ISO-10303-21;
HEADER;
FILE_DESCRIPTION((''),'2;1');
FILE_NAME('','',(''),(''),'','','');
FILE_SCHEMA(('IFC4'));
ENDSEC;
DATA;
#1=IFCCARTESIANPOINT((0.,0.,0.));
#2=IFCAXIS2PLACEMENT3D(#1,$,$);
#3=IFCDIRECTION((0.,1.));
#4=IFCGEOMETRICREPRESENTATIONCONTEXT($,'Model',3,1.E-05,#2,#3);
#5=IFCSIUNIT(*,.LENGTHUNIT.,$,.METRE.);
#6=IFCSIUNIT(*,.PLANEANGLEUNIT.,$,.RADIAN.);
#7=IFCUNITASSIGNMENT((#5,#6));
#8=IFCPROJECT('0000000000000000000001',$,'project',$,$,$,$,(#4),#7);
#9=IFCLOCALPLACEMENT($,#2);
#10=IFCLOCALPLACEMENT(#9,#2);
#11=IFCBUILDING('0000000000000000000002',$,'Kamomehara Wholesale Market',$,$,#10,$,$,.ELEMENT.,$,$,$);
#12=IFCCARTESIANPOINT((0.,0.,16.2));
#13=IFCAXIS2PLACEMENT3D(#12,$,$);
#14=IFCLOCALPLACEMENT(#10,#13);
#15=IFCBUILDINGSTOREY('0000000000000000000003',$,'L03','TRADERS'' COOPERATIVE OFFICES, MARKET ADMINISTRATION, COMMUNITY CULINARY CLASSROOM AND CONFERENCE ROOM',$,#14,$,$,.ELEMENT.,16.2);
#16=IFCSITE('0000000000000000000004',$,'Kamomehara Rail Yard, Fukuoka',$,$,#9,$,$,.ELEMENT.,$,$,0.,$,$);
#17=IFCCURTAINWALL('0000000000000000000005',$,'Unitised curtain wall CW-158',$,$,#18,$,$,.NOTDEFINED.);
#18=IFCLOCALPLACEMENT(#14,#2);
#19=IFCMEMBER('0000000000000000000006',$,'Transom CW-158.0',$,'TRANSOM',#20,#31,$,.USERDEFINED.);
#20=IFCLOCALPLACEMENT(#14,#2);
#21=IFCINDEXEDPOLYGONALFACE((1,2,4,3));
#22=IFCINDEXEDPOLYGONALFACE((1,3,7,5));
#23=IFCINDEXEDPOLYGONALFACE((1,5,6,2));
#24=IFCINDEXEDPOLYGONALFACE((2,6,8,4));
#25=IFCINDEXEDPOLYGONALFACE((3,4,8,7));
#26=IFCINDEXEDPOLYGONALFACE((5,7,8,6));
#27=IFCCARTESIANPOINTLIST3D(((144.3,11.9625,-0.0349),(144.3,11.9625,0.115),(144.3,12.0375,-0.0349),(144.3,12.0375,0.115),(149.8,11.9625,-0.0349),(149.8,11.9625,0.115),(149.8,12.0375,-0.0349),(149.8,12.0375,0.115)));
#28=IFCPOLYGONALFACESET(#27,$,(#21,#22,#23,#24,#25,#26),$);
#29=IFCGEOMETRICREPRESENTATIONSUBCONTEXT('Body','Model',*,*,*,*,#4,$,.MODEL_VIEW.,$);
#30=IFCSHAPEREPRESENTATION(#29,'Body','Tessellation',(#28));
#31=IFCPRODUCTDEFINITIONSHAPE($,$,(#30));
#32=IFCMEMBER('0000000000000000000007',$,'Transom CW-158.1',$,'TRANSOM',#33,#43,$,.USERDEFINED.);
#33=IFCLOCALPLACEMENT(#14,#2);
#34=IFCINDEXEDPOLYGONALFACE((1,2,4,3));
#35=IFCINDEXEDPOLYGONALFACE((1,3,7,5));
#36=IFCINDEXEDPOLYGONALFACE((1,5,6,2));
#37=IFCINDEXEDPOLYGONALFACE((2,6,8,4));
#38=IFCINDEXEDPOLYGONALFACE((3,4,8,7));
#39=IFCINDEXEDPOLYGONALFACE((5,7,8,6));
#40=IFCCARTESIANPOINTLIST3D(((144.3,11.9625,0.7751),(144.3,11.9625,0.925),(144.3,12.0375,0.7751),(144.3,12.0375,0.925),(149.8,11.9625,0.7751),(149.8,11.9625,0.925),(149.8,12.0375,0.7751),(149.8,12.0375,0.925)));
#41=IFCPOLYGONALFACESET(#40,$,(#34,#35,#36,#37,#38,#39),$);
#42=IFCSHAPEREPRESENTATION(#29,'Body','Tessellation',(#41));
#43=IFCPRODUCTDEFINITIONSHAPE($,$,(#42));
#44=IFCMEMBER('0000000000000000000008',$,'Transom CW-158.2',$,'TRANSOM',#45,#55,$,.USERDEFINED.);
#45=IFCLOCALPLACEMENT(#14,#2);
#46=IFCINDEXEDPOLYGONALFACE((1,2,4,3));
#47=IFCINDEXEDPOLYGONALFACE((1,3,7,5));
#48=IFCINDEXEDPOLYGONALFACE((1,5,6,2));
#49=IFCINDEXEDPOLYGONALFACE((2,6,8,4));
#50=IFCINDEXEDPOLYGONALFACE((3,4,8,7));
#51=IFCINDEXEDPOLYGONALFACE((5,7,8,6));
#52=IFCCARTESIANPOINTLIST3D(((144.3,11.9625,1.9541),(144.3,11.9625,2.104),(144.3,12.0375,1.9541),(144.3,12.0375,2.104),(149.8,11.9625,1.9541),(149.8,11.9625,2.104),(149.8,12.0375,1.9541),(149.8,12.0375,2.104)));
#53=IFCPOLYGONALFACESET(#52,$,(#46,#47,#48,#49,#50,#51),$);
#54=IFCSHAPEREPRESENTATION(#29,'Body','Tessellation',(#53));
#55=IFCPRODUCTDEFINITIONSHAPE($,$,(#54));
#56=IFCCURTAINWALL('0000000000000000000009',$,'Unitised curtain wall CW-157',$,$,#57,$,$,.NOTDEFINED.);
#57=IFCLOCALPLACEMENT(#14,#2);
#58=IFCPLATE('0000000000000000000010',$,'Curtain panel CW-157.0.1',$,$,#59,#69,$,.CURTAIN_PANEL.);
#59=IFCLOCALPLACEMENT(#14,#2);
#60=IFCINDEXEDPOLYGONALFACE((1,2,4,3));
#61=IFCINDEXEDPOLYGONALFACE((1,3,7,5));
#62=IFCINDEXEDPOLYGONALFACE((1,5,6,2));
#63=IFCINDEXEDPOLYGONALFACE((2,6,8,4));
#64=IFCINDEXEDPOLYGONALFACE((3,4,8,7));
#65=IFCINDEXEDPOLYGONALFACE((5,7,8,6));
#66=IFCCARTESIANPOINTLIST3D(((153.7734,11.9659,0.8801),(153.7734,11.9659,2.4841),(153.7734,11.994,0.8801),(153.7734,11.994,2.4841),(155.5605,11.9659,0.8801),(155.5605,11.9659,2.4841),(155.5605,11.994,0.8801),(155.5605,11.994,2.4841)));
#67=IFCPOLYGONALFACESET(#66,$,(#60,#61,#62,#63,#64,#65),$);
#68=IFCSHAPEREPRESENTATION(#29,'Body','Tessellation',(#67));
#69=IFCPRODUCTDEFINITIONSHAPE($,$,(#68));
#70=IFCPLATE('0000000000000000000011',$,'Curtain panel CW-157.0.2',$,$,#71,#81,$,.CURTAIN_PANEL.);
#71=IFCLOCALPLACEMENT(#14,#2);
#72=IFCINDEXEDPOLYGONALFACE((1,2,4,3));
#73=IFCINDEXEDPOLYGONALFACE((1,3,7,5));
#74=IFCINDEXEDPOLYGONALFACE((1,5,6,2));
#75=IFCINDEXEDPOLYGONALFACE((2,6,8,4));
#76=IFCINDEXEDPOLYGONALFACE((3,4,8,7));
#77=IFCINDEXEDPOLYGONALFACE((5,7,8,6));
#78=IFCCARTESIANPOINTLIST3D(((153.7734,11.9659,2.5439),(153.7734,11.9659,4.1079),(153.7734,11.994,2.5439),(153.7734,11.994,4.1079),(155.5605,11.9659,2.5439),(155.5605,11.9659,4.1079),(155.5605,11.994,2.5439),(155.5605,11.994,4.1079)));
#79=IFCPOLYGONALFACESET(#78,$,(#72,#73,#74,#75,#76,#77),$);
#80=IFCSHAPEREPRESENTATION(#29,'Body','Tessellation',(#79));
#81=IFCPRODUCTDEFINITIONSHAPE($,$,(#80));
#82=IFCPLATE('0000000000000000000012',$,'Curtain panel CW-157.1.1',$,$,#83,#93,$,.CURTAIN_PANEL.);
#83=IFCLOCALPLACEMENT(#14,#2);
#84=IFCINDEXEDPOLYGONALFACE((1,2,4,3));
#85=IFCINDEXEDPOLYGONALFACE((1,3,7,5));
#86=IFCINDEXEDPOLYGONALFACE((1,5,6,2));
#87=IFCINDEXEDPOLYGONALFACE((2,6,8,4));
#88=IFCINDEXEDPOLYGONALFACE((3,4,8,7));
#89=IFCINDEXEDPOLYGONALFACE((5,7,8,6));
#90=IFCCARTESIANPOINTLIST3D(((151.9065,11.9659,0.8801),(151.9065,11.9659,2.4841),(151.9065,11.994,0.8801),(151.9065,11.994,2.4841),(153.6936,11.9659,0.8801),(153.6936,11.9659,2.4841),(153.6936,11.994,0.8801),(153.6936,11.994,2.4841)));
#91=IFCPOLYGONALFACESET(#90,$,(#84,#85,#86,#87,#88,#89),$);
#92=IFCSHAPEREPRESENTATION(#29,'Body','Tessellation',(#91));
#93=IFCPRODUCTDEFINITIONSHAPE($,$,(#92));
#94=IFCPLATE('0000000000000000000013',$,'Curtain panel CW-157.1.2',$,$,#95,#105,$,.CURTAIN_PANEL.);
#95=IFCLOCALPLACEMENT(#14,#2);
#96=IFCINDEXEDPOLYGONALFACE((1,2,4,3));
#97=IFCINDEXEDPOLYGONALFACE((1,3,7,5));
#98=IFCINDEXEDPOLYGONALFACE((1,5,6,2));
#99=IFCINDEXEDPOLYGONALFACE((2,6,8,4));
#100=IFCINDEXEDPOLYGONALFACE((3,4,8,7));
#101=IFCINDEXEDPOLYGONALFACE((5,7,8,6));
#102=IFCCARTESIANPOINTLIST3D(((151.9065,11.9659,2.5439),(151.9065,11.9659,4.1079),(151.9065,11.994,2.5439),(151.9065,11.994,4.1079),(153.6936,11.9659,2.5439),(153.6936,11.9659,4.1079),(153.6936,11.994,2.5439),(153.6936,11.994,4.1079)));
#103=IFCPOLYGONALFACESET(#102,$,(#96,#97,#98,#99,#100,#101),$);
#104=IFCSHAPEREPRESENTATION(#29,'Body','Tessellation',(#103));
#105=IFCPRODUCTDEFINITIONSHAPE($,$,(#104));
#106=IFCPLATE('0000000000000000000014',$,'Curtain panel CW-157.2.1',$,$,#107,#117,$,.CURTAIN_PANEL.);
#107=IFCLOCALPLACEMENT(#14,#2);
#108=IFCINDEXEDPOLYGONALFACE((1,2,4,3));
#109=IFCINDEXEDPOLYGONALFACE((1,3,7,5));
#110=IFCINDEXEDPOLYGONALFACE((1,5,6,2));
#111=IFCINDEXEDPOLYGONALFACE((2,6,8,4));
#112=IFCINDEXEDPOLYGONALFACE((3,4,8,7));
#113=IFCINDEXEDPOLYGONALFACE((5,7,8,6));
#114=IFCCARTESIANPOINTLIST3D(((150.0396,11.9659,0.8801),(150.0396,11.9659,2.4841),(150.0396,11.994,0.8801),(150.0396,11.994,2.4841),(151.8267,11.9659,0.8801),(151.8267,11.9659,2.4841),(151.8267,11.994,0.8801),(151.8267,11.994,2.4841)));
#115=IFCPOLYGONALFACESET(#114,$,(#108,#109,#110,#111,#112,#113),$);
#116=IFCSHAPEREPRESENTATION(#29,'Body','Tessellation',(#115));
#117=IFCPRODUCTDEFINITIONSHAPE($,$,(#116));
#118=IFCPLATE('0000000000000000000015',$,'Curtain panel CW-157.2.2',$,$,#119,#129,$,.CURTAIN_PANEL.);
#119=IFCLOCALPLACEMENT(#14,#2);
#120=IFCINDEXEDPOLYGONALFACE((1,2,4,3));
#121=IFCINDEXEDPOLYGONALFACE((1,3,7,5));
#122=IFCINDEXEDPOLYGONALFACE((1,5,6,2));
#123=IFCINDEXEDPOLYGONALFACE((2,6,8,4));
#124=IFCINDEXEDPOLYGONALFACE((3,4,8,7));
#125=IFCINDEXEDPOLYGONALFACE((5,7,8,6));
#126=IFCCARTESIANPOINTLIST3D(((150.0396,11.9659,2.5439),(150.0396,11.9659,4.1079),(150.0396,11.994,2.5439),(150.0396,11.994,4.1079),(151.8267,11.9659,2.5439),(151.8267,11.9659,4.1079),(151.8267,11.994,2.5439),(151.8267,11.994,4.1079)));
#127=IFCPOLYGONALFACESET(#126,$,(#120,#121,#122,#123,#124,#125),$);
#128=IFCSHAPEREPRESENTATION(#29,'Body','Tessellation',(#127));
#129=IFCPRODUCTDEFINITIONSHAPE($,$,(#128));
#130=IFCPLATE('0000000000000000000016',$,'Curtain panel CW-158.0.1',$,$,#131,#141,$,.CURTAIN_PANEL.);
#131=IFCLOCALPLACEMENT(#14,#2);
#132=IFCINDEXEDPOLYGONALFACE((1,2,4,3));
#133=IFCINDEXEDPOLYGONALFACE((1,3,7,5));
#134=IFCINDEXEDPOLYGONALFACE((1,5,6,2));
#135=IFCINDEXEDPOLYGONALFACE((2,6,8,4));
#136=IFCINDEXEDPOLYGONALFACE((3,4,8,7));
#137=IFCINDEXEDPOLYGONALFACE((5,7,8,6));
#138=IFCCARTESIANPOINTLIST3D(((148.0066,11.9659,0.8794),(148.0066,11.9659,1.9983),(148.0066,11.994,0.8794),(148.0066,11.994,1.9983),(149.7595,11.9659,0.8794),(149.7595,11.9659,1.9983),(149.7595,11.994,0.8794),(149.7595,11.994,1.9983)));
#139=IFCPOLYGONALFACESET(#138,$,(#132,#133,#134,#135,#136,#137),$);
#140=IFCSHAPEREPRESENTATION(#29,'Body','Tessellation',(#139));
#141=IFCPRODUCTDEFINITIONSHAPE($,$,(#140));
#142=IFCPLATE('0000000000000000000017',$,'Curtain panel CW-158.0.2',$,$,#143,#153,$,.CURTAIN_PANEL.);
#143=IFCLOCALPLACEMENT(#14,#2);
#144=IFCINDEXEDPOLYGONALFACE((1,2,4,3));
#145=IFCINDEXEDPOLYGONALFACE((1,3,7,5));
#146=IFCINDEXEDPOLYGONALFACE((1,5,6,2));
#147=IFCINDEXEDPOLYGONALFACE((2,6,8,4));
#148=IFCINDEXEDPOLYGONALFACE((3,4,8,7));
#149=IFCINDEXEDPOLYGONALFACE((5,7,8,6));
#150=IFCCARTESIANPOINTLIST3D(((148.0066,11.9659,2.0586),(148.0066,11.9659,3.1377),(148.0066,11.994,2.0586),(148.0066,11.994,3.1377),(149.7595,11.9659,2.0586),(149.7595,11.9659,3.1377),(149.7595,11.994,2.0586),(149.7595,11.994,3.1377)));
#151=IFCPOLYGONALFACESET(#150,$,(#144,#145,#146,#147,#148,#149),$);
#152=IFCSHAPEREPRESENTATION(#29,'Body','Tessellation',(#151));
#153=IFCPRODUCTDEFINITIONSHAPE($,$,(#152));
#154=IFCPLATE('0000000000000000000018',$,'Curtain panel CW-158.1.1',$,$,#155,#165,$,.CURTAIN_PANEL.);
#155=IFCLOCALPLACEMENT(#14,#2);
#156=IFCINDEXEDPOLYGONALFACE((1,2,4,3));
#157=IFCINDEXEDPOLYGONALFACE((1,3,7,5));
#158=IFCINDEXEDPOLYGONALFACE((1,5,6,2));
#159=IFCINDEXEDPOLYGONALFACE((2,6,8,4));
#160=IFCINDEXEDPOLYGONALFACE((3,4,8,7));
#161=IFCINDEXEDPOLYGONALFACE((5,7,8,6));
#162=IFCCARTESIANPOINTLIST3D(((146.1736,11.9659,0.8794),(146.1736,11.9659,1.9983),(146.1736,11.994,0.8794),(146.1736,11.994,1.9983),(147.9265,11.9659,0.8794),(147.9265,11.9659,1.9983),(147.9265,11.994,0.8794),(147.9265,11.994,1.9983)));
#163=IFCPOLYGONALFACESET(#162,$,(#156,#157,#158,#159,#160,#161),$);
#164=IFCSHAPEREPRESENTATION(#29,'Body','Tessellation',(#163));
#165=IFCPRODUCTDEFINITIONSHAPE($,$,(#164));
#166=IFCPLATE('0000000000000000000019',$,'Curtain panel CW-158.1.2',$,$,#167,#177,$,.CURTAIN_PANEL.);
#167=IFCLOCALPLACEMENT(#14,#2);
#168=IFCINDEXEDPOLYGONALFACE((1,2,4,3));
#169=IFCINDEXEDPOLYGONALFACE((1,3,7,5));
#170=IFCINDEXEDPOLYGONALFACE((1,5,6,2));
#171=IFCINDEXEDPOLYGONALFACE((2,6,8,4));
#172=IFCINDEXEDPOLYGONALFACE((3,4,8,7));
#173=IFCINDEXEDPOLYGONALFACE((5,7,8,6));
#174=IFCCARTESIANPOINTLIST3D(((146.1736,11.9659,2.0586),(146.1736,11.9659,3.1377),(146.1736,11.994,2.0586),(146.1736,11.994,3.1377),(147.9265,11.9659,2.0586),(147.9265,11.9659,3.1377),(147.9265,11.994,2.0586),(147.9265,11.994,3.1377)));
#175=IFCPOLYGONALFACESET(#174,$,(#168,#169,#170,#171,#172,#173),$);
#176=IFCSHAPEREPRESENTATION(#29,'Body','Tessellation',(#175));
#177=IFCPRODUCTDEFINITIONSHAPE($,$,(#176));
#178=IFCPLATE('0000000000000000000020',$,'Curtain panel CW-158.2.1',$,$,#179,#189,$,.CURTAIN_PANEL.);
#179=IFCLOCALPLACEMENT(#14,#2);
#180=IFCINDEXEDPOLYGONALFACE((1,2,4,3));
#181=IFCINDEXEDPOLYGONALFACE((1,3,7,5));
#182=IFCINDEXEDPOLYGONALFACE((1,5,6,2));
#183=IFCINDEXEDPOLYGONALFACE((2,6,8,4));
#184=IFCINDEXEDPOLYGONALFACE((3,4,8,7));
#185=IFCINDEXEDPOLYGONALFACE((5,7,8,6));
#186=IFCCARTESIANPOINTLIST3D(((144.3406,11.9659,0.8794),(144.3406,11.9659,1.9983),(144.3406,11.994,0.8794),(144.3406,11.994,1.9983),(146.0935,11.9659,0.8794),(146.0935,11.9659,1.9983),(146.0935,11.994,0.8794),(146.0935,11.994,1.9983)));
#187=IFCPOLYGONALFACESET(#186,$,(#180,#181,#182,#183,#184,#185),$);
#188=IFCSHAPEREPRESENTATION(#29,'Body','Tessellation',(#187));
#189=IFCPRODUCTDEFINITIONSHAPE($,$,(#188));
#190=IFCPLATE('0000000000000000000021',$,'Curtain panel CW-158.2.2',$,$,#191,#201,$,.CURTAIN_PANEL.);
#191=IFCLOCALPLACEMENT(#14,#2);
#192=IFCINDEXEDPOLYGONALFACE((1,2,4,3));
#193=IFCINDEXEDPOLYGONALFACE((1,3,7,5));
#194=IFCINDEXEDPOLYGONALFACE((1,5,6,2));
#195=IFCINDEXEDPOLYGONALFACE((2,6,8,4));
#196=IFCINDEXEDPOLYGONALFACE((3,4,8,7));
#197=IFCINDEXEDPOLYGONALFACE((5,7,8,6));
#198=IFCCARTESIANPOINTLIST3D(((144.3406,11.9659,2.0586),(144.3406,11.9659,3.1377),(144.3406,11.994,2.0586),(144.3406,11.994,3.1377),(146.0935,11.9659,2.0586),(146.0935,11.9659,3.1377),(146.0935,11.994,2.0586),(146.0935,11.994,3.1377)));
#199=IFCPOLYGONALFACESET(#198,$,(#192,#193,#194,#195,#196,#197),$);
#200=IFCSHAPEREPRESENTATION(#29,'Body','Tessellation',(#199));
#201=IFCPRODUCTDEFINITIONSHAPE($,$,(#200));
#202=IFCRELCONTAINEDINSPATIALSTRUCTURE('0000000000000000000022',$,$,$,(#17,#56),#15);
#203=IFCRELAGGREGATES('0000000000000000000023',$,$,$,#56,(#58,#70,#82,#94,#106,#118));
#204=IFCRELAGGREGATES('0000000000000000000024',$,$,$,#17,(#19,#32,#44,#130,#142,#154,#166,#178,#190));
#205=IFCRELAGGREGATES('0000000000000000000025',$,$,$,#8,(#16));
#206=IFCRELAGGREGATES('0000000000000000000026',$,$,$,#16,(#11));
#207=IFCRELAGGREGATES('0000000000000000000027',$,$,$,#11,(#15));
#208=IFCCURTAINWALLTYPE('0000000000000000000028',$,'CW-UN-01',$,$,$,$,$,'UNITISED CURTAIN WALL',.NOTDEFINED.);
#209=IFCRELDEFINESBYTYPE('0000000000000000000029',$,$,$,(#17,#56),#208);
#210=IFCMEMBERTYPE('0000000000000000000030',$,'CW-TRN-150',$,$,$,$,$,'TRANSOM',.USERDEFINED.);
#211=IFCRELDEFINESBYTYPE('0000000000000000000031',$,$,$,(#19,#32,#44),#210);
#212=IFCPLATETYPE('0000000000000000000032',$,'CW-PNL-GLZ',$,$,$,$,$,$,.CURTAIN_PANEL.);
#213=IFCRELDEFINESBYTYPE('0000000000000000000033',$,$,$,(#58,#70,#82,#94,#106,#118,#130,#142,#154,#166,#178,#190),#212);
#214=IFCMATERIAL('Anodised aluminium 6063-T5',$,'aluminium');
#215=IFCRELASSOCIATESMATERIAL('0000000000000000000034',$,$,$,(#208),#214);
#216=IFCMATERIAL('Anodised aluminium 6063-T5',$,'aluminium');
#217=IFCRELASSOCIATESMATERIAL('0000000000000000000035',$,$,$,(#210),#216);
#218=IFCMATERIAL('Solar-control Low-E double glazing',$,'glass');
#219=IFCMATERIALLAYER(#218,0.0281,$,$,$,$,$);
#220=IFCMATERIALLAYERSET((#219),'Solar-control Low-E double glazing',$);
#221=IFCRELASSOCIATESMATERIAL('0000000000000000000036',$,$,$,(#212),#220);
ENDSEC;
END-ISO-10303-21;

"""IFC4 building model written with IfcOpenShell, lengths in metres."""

from ifc_helpers import new_model, si_unit, direction, frame, origin, origin_2d, place, context, subcontext, project, spatial, rectangle, extrude, material, layer, layer_set, material_profile, profile_set, type_object, element, aggregate, save


model = new_model("IFC4")

# Units and contexts
model_context = context("Model", 3, precision=1e-05, world=origin(), true_north=direction((0.0, 1.0)))
body_context = subcontext(model_context, "Body", "Model", "MODEL_VIEW")
ifc_project = project(units=[si_unit("LENGTHUNIT", "METRE"), si_unit("PLANEANGLEUNIT", "RADIAN")], contexts=[model_context])

# Site, building, storey
site_placement = place(None, origin())
site = spatial("IfcSite", under=ifc_project, at=site_placement, Name="Kamomehara Rail Yard, Fukuoka", CompositionType="ELEMENT", RefElevation=0.0)
building_placement = place(site_placement, origin())
building = spatial("IfcBuilding", under=site, at=building_placement, Name="Kamomehara Wholesale Market", CompositionType="ELEMENT")
storey_placement = place(building_placement, frame((0.0, 0.0, 16.2)))
storey = spatial("IfcBuildingStorey", under=building, at=storey_placement, Name="L03", Description="TRADERS' COOPERATIVE OFFICES, MARKET ADMINISTRATION, COMMUNITY CULINARY CLASSROOM AND CONFERENCE ROOM", CompositionType="ELEMENT", Elevation=16.2)

# Shared definitions
ifc_material_1 = material(Name="Anodised aluminium 6063-T5", Category="aluminium")
curtain_wall_type = type_object("IfcCurtainWallType", Name="CW-UN-01", ElementType="UNITISED CURTAIN WALL", PredefinedType="NOTDEFINED", material=ifc_material_1)

# Curtain wall
curtain_wall_1_placement = place(storey_placement, origin())
curtain_wall_1 = element("IfcCurtainWall", 1, at=curtain_wall_1_placement, inside=storey, type_object=curtain_wall_type, Name="Unitised curtain wall CW-158", PredefinedType="NOTDEFINED")

# Members
ifc_material_2 = material(Name="Anodised aluminium 6063-T5", Category="aluminium")
ifc_material_profile_1 = material_profile(ifc_material_2, rectangle(XDim=0.075, YDim=0.1499, at=origin_2d()), Name="ALU-TRN-75x150")
ifc_profile_set_1 = profile_set([ifc_material_profile_1], Name="Anodised aluminium 6063-T5")
member_type_1 = type_object("IfcMemberType", Name="CW-TRN-150", ElementType="TRANSOM", PredefinedType="USERDEFINED", material=ifc_profile_set_1)
member_1_placement = place(storey_placement, frame((149.8, 12.0, 0.04), z_axis=(-1.0, 0.0, 0.0), x_axis=(0.0, -1.0, 0.0)))
member_1 = element("IfcMember", 2, at=member_1_placement, type_object=member_type_1, Name="Transom CW-158.0", ObjectType="TRANSOM", PredefinedType="USERDEFINED", context=body_context, shape_type="SweptSolid", body=[
    extrude(rectangle(XDim=0.075, YDim=0.1499, at=origin_2d()), origin(), (0.0, 0.0, 1.0), 5.5),
])
member_2_placement = place(storey_placement, frame((149.8, 12.0, 0.8501), z_axis=(-1.0, 0.0, 0.0), x_axis=(0.0, -1.0, 0.0)))
member_2 = element("IfcMember", 3, at=member_2_placement, type_object=member_type_1, Name="Transom CW-158.1", ObjectType="TRANSOM", PredefinedType="USERDEFINED", context=body_context, shape_type="SweptSolid", body=[
    extrude(rectangle(XDim=0.075, YDim=0.1499, at=origin_2d()), origin(), (0.0, 0.0, 1.0), 5.5),
])
member_3_placement = place(storey_placement, frame((149.8, 12.0, 2.0291), z_axis=(-1.0, 0.0, 0.0), x_axis=(0.0, -1.0, 0.0)))
member_3 = element("IfcMember", 4, at=member_3_placement, type_object=member_type_1, Name="Transom CW-158.2", ObjectType="TRANSOM", PredefinedType="USERDEFINED", context=body_context, shape_type="SweptSolid", body=[
    extrude(rectangle(XDim=0.075, YDim=0.1499, at=origin_2d()), origin(), (0.0, 0.0, 1.0), 5.5),
])

# Curtain wall, plates
curtain_wall_2_placement = place(storey_placement, origin())
curtain_wall_2 = element("IfcCurtainWall", 5, at=curtain_wall_2_placement, inside=storey, type_object=curtain_wall_type, Name="Unitised curtain wall CW-157", PredefinedType="NOTDEFINED")
ifc_material_3 = material(Name="Solar-control Low-E double glazing", Category="glass")
ifc_layer_1 = layer(ifc_material_3, 0.0281)
ifc_layer_set_1 = layer_set([ifc_layer_1], Name="Solar-control Low-E double glazing")
plate_type_1 = type_object("IfcPlateType", Name="CW-PNL-GLZ", PredefinedType="CURTAIN_PANEL", material=ifc_layer_set_1)
plate_1_placement = place(storey_placement, frame((154.667, 11.98, 0.8801), z_axis=(0.0, 0.0, 1.0), x_axis=(-1.0, 0.0, 0.0)))
plate_1 = element("IfcPlate", 6, at=plate_1_placement, type_object=plate_type_1, Name="Curtain panel CW-157.0.1", PredefinedType="CURTAIN_PANEL", context=body_context, shape_type="SweptSolid", body=[
    extrude(rectangle(XDim=1.7871, YDim=0.0281, at=origin_2d()), origin(), (0.0, 0.0, 1.0), 1.604),
])
plate_2_placement = place(storey_placement, frame((154.667, 11.98, 2.5439), z_axis=(0.0, 0.0, 1.0), x_axis=(-1.0, 0.0, 0.0)))
plate_2 = element("IfcPlate", 7, at=plate_2_placement, type_object=plate_type_1, Name="Curtain panel CW-157.0.2", PredefinedType="CURTAIN_PANEL", context=body_context, shape_type="SweptSolid", body=[
    extrude(rectangle(XDim=1.7871, YDim=0.0281, at=origin_2d()), origin(), (0.0, 0.0, 1.0), 1.564),
])
plate_3_placement = place(storey_placement, frame((152.8, 11.98, 0.8801), z_axis=(0.0, 0.0, 1.0), x_axis=(-1.0, 0.0, 0.0)))
plate_3 = element("IfcPlate", 8, at=plate_3_placement, type_object=plate_type_1, Name="Curtain panel CW-157.1.1", PredefinedType="CURTAIN_PANEL", context=body_context, shape_type="SweptSolid", body=[
    extrude(rectangle(XDim=1.7871, YDim=0.0281, at=origin_2d()), origin(), (0.0, 0.0, 1.0), 1.604),
])
plate_4_placement = place(storey_placement, frame((152.8, 11.98, 2.5439), z_axis=(0.0, 0.0, 1.0), x_axis=(-1.0, 0.0, 0.0)))
plate_4 = element("IfcPlate", 9, at=plate_4_placement, type_object=plate_type_1, Name="Curtain panel CW-157.1.2", PredefinedType="CURTAIN_PANEL", context=body_context, shape_type="SweptSolid", body=[
    extrude(rectangle(XDim=1.7871, YDim=0.0281, at=origin_2d()), origin(), (0.0, 0.0, 1.0), 1.564),
])
plate_5_placement = place(storey_placement, frame((150.9331, 11.98, 0.8801), z_axis=(0.0, 0.0, 1.0), x_axis=(-1.0, 0.0, 0.0)))
plate_5 = element("IfcPlate", 10, at=plate_5_placement, type_object=plate_type_1, Name="Curtain panel CW-157.2.1", PredefinedType="CURTAIN_PANEL", context=body_context, shape_type="SweptSolid", body=[
    extrude(rectangle(XDim=1.7871, YDim=0.0281, at=origin_2d()), origin(), (0.0, 0.0, 1.0), 1.604),
])
plate_6_placement = place(storey_placement, frame((150.9331, 11.98, 2.5439), z_axis=(0.0, 0.0, 1.0), x_axis=(-1.0, 0.0, 0.0)))
plate_6 = element("IfcPlate", 11, at=plate_6_placement, type_object=plate_type_1, Name="Curtain panel CW-157.2.2", PredefinedType="CURTAIN_PANEL", context=body_context, shape_type="SweptSolid", body=[
    extrude(rectangle(XDim=1.7871, YDim=0.0281, at=origin_2d()), origin(), (0.0, 0.0, 1.0), 1.564),
])

# Plates
plate_7_placement = place(storey_placement, frame((148.8831, 11.98, 0.8794), z_axis=(0.0, 0.0, 1.0), x_axis=(-1.0, 0.0, 0.0)))
plate_7 = element("IfcPlate", 12, at=plate_7_placement, type_object=plate_type_1, Name="Curtain panel CW-158.0.1", PredefinedType="CURTAIN_PANEL", context=body_context, shape_type="SweptSolid", body=[
    extrude(rectangle(XDim=1.7529, YDim=0.0281, at=origin_2d()), origin(), (0.0, 0.0, 1.0), 1.1189),
])
plate_8_placement = place(storey_placement, frame((148.8831, 11.98, 2.0586), z_axis=(0.0, 0.0, 1.0), x_axis=(-1.0, 0.0, 0.0)))
plate_8 = element("IfcPlate", 13, at=plate_8_placement, type_object=plate_type_1, Name="Curtain panel CW-158.0.2", PredefinedType="CURTAIN_PANEL", context=body_context, shape_type="SweptSolid", body=[
    extrude(rectangle(XDim=1.7529, YDim=0.0281, at=origin_2d()), origin(), (0.0, 0.0, 1.0), 1.0791),
])
plate_9_placement = place(storey_placement, frame((147.05, 11.98, 0.8794), z_axis=(0.0, 0.0, 1.0), x_axis=(-1.0, 0.0, 0.0)))
plate_9 = element("IfcPlate", 14, at=plate_9_placement, type_object=plate_type_1, Name="Curtain panel CW-158.1.1", PredefinedType="CURTAIN_PANEL", context=body_context, shape_type="SweptSolid", body=[
    extrude(rectangle(XDim=1.7529, YDim=0.0281, at=origin_2d()), origin(), (0.0, 0.0, 1.0), 1.1189),
])
plate_10_placement = place(storey_placement, frame((147.05, 11.98, 2.0586), z_axis=(0.0, 0.0, 1.0), x_axis=(-1.0, 0.0, 0.0)))
plate_10 = element("IfcPlate", 15, at=plate_10_placement, type_object=plate_type_1, Name="Curtain panel CW-158.1.2", PredefinedType="CURTAIN_PANEL", context=body_context, shape_type="SweptSolid", body=[
    extrude(rectangle(XDim=1.7529, YDim=0.0281, at=origin_2d()), origin(), (0.0, 0.0, 1.0), 1.0791),
])
plate_11_placement = place(storey_placement, frame((145.217, 11.98, 0.8794), z_axis=(0.0, 0.0, 1.0), x_axis=(-1.0, 0.0, 0.0)))
plate_11 = element("IfcPlate", 16, at=plate_11_placement, type_object=plate_type_1, Name="Curtain panel CW-158.2.1", PredefinedType="CURTAIN_PANEL", context=body_context, shape_type="SweptSolid", body=[
    extrude(rectangle(XDim=1.7529, YDim=0.0281, at=origin_2d()), origin(), (0.0, 0.0, 1.0), 1.1189),
])
plate_12_placement = place(storey_placement, frame((145.217, 11.98, 2.0586), z_axis=(0.0, 0.0, 1.0), x_axis=(-1.0, 0.0, 0.0)))
plate_12 = element("IfcPlate", 17, at=plate_12_placement, type_object=plate_type_1, Name="Curtain panel CW-158.2.2", PredefinedType="CURTAIN_PANEL", context=body_context, shape_type="SweptSolid", body=[
    extrude(rectangle(XDim=1.7529, YDim=0.0281, at=origin_2d()), origin(), (0.0, 0.0, 1.0), 1.0791),
])
aggregate(curtain_wall_2, [plate_1, plate_2, plate_3, plate_4, plate_5, plate_6])
aggregate(curtain_wall_1, [member_1, member_2, member_3, plate_7, plate_8, plate_9, plate_10, plate_11, plate_12])

save(model, "model.ifc")
